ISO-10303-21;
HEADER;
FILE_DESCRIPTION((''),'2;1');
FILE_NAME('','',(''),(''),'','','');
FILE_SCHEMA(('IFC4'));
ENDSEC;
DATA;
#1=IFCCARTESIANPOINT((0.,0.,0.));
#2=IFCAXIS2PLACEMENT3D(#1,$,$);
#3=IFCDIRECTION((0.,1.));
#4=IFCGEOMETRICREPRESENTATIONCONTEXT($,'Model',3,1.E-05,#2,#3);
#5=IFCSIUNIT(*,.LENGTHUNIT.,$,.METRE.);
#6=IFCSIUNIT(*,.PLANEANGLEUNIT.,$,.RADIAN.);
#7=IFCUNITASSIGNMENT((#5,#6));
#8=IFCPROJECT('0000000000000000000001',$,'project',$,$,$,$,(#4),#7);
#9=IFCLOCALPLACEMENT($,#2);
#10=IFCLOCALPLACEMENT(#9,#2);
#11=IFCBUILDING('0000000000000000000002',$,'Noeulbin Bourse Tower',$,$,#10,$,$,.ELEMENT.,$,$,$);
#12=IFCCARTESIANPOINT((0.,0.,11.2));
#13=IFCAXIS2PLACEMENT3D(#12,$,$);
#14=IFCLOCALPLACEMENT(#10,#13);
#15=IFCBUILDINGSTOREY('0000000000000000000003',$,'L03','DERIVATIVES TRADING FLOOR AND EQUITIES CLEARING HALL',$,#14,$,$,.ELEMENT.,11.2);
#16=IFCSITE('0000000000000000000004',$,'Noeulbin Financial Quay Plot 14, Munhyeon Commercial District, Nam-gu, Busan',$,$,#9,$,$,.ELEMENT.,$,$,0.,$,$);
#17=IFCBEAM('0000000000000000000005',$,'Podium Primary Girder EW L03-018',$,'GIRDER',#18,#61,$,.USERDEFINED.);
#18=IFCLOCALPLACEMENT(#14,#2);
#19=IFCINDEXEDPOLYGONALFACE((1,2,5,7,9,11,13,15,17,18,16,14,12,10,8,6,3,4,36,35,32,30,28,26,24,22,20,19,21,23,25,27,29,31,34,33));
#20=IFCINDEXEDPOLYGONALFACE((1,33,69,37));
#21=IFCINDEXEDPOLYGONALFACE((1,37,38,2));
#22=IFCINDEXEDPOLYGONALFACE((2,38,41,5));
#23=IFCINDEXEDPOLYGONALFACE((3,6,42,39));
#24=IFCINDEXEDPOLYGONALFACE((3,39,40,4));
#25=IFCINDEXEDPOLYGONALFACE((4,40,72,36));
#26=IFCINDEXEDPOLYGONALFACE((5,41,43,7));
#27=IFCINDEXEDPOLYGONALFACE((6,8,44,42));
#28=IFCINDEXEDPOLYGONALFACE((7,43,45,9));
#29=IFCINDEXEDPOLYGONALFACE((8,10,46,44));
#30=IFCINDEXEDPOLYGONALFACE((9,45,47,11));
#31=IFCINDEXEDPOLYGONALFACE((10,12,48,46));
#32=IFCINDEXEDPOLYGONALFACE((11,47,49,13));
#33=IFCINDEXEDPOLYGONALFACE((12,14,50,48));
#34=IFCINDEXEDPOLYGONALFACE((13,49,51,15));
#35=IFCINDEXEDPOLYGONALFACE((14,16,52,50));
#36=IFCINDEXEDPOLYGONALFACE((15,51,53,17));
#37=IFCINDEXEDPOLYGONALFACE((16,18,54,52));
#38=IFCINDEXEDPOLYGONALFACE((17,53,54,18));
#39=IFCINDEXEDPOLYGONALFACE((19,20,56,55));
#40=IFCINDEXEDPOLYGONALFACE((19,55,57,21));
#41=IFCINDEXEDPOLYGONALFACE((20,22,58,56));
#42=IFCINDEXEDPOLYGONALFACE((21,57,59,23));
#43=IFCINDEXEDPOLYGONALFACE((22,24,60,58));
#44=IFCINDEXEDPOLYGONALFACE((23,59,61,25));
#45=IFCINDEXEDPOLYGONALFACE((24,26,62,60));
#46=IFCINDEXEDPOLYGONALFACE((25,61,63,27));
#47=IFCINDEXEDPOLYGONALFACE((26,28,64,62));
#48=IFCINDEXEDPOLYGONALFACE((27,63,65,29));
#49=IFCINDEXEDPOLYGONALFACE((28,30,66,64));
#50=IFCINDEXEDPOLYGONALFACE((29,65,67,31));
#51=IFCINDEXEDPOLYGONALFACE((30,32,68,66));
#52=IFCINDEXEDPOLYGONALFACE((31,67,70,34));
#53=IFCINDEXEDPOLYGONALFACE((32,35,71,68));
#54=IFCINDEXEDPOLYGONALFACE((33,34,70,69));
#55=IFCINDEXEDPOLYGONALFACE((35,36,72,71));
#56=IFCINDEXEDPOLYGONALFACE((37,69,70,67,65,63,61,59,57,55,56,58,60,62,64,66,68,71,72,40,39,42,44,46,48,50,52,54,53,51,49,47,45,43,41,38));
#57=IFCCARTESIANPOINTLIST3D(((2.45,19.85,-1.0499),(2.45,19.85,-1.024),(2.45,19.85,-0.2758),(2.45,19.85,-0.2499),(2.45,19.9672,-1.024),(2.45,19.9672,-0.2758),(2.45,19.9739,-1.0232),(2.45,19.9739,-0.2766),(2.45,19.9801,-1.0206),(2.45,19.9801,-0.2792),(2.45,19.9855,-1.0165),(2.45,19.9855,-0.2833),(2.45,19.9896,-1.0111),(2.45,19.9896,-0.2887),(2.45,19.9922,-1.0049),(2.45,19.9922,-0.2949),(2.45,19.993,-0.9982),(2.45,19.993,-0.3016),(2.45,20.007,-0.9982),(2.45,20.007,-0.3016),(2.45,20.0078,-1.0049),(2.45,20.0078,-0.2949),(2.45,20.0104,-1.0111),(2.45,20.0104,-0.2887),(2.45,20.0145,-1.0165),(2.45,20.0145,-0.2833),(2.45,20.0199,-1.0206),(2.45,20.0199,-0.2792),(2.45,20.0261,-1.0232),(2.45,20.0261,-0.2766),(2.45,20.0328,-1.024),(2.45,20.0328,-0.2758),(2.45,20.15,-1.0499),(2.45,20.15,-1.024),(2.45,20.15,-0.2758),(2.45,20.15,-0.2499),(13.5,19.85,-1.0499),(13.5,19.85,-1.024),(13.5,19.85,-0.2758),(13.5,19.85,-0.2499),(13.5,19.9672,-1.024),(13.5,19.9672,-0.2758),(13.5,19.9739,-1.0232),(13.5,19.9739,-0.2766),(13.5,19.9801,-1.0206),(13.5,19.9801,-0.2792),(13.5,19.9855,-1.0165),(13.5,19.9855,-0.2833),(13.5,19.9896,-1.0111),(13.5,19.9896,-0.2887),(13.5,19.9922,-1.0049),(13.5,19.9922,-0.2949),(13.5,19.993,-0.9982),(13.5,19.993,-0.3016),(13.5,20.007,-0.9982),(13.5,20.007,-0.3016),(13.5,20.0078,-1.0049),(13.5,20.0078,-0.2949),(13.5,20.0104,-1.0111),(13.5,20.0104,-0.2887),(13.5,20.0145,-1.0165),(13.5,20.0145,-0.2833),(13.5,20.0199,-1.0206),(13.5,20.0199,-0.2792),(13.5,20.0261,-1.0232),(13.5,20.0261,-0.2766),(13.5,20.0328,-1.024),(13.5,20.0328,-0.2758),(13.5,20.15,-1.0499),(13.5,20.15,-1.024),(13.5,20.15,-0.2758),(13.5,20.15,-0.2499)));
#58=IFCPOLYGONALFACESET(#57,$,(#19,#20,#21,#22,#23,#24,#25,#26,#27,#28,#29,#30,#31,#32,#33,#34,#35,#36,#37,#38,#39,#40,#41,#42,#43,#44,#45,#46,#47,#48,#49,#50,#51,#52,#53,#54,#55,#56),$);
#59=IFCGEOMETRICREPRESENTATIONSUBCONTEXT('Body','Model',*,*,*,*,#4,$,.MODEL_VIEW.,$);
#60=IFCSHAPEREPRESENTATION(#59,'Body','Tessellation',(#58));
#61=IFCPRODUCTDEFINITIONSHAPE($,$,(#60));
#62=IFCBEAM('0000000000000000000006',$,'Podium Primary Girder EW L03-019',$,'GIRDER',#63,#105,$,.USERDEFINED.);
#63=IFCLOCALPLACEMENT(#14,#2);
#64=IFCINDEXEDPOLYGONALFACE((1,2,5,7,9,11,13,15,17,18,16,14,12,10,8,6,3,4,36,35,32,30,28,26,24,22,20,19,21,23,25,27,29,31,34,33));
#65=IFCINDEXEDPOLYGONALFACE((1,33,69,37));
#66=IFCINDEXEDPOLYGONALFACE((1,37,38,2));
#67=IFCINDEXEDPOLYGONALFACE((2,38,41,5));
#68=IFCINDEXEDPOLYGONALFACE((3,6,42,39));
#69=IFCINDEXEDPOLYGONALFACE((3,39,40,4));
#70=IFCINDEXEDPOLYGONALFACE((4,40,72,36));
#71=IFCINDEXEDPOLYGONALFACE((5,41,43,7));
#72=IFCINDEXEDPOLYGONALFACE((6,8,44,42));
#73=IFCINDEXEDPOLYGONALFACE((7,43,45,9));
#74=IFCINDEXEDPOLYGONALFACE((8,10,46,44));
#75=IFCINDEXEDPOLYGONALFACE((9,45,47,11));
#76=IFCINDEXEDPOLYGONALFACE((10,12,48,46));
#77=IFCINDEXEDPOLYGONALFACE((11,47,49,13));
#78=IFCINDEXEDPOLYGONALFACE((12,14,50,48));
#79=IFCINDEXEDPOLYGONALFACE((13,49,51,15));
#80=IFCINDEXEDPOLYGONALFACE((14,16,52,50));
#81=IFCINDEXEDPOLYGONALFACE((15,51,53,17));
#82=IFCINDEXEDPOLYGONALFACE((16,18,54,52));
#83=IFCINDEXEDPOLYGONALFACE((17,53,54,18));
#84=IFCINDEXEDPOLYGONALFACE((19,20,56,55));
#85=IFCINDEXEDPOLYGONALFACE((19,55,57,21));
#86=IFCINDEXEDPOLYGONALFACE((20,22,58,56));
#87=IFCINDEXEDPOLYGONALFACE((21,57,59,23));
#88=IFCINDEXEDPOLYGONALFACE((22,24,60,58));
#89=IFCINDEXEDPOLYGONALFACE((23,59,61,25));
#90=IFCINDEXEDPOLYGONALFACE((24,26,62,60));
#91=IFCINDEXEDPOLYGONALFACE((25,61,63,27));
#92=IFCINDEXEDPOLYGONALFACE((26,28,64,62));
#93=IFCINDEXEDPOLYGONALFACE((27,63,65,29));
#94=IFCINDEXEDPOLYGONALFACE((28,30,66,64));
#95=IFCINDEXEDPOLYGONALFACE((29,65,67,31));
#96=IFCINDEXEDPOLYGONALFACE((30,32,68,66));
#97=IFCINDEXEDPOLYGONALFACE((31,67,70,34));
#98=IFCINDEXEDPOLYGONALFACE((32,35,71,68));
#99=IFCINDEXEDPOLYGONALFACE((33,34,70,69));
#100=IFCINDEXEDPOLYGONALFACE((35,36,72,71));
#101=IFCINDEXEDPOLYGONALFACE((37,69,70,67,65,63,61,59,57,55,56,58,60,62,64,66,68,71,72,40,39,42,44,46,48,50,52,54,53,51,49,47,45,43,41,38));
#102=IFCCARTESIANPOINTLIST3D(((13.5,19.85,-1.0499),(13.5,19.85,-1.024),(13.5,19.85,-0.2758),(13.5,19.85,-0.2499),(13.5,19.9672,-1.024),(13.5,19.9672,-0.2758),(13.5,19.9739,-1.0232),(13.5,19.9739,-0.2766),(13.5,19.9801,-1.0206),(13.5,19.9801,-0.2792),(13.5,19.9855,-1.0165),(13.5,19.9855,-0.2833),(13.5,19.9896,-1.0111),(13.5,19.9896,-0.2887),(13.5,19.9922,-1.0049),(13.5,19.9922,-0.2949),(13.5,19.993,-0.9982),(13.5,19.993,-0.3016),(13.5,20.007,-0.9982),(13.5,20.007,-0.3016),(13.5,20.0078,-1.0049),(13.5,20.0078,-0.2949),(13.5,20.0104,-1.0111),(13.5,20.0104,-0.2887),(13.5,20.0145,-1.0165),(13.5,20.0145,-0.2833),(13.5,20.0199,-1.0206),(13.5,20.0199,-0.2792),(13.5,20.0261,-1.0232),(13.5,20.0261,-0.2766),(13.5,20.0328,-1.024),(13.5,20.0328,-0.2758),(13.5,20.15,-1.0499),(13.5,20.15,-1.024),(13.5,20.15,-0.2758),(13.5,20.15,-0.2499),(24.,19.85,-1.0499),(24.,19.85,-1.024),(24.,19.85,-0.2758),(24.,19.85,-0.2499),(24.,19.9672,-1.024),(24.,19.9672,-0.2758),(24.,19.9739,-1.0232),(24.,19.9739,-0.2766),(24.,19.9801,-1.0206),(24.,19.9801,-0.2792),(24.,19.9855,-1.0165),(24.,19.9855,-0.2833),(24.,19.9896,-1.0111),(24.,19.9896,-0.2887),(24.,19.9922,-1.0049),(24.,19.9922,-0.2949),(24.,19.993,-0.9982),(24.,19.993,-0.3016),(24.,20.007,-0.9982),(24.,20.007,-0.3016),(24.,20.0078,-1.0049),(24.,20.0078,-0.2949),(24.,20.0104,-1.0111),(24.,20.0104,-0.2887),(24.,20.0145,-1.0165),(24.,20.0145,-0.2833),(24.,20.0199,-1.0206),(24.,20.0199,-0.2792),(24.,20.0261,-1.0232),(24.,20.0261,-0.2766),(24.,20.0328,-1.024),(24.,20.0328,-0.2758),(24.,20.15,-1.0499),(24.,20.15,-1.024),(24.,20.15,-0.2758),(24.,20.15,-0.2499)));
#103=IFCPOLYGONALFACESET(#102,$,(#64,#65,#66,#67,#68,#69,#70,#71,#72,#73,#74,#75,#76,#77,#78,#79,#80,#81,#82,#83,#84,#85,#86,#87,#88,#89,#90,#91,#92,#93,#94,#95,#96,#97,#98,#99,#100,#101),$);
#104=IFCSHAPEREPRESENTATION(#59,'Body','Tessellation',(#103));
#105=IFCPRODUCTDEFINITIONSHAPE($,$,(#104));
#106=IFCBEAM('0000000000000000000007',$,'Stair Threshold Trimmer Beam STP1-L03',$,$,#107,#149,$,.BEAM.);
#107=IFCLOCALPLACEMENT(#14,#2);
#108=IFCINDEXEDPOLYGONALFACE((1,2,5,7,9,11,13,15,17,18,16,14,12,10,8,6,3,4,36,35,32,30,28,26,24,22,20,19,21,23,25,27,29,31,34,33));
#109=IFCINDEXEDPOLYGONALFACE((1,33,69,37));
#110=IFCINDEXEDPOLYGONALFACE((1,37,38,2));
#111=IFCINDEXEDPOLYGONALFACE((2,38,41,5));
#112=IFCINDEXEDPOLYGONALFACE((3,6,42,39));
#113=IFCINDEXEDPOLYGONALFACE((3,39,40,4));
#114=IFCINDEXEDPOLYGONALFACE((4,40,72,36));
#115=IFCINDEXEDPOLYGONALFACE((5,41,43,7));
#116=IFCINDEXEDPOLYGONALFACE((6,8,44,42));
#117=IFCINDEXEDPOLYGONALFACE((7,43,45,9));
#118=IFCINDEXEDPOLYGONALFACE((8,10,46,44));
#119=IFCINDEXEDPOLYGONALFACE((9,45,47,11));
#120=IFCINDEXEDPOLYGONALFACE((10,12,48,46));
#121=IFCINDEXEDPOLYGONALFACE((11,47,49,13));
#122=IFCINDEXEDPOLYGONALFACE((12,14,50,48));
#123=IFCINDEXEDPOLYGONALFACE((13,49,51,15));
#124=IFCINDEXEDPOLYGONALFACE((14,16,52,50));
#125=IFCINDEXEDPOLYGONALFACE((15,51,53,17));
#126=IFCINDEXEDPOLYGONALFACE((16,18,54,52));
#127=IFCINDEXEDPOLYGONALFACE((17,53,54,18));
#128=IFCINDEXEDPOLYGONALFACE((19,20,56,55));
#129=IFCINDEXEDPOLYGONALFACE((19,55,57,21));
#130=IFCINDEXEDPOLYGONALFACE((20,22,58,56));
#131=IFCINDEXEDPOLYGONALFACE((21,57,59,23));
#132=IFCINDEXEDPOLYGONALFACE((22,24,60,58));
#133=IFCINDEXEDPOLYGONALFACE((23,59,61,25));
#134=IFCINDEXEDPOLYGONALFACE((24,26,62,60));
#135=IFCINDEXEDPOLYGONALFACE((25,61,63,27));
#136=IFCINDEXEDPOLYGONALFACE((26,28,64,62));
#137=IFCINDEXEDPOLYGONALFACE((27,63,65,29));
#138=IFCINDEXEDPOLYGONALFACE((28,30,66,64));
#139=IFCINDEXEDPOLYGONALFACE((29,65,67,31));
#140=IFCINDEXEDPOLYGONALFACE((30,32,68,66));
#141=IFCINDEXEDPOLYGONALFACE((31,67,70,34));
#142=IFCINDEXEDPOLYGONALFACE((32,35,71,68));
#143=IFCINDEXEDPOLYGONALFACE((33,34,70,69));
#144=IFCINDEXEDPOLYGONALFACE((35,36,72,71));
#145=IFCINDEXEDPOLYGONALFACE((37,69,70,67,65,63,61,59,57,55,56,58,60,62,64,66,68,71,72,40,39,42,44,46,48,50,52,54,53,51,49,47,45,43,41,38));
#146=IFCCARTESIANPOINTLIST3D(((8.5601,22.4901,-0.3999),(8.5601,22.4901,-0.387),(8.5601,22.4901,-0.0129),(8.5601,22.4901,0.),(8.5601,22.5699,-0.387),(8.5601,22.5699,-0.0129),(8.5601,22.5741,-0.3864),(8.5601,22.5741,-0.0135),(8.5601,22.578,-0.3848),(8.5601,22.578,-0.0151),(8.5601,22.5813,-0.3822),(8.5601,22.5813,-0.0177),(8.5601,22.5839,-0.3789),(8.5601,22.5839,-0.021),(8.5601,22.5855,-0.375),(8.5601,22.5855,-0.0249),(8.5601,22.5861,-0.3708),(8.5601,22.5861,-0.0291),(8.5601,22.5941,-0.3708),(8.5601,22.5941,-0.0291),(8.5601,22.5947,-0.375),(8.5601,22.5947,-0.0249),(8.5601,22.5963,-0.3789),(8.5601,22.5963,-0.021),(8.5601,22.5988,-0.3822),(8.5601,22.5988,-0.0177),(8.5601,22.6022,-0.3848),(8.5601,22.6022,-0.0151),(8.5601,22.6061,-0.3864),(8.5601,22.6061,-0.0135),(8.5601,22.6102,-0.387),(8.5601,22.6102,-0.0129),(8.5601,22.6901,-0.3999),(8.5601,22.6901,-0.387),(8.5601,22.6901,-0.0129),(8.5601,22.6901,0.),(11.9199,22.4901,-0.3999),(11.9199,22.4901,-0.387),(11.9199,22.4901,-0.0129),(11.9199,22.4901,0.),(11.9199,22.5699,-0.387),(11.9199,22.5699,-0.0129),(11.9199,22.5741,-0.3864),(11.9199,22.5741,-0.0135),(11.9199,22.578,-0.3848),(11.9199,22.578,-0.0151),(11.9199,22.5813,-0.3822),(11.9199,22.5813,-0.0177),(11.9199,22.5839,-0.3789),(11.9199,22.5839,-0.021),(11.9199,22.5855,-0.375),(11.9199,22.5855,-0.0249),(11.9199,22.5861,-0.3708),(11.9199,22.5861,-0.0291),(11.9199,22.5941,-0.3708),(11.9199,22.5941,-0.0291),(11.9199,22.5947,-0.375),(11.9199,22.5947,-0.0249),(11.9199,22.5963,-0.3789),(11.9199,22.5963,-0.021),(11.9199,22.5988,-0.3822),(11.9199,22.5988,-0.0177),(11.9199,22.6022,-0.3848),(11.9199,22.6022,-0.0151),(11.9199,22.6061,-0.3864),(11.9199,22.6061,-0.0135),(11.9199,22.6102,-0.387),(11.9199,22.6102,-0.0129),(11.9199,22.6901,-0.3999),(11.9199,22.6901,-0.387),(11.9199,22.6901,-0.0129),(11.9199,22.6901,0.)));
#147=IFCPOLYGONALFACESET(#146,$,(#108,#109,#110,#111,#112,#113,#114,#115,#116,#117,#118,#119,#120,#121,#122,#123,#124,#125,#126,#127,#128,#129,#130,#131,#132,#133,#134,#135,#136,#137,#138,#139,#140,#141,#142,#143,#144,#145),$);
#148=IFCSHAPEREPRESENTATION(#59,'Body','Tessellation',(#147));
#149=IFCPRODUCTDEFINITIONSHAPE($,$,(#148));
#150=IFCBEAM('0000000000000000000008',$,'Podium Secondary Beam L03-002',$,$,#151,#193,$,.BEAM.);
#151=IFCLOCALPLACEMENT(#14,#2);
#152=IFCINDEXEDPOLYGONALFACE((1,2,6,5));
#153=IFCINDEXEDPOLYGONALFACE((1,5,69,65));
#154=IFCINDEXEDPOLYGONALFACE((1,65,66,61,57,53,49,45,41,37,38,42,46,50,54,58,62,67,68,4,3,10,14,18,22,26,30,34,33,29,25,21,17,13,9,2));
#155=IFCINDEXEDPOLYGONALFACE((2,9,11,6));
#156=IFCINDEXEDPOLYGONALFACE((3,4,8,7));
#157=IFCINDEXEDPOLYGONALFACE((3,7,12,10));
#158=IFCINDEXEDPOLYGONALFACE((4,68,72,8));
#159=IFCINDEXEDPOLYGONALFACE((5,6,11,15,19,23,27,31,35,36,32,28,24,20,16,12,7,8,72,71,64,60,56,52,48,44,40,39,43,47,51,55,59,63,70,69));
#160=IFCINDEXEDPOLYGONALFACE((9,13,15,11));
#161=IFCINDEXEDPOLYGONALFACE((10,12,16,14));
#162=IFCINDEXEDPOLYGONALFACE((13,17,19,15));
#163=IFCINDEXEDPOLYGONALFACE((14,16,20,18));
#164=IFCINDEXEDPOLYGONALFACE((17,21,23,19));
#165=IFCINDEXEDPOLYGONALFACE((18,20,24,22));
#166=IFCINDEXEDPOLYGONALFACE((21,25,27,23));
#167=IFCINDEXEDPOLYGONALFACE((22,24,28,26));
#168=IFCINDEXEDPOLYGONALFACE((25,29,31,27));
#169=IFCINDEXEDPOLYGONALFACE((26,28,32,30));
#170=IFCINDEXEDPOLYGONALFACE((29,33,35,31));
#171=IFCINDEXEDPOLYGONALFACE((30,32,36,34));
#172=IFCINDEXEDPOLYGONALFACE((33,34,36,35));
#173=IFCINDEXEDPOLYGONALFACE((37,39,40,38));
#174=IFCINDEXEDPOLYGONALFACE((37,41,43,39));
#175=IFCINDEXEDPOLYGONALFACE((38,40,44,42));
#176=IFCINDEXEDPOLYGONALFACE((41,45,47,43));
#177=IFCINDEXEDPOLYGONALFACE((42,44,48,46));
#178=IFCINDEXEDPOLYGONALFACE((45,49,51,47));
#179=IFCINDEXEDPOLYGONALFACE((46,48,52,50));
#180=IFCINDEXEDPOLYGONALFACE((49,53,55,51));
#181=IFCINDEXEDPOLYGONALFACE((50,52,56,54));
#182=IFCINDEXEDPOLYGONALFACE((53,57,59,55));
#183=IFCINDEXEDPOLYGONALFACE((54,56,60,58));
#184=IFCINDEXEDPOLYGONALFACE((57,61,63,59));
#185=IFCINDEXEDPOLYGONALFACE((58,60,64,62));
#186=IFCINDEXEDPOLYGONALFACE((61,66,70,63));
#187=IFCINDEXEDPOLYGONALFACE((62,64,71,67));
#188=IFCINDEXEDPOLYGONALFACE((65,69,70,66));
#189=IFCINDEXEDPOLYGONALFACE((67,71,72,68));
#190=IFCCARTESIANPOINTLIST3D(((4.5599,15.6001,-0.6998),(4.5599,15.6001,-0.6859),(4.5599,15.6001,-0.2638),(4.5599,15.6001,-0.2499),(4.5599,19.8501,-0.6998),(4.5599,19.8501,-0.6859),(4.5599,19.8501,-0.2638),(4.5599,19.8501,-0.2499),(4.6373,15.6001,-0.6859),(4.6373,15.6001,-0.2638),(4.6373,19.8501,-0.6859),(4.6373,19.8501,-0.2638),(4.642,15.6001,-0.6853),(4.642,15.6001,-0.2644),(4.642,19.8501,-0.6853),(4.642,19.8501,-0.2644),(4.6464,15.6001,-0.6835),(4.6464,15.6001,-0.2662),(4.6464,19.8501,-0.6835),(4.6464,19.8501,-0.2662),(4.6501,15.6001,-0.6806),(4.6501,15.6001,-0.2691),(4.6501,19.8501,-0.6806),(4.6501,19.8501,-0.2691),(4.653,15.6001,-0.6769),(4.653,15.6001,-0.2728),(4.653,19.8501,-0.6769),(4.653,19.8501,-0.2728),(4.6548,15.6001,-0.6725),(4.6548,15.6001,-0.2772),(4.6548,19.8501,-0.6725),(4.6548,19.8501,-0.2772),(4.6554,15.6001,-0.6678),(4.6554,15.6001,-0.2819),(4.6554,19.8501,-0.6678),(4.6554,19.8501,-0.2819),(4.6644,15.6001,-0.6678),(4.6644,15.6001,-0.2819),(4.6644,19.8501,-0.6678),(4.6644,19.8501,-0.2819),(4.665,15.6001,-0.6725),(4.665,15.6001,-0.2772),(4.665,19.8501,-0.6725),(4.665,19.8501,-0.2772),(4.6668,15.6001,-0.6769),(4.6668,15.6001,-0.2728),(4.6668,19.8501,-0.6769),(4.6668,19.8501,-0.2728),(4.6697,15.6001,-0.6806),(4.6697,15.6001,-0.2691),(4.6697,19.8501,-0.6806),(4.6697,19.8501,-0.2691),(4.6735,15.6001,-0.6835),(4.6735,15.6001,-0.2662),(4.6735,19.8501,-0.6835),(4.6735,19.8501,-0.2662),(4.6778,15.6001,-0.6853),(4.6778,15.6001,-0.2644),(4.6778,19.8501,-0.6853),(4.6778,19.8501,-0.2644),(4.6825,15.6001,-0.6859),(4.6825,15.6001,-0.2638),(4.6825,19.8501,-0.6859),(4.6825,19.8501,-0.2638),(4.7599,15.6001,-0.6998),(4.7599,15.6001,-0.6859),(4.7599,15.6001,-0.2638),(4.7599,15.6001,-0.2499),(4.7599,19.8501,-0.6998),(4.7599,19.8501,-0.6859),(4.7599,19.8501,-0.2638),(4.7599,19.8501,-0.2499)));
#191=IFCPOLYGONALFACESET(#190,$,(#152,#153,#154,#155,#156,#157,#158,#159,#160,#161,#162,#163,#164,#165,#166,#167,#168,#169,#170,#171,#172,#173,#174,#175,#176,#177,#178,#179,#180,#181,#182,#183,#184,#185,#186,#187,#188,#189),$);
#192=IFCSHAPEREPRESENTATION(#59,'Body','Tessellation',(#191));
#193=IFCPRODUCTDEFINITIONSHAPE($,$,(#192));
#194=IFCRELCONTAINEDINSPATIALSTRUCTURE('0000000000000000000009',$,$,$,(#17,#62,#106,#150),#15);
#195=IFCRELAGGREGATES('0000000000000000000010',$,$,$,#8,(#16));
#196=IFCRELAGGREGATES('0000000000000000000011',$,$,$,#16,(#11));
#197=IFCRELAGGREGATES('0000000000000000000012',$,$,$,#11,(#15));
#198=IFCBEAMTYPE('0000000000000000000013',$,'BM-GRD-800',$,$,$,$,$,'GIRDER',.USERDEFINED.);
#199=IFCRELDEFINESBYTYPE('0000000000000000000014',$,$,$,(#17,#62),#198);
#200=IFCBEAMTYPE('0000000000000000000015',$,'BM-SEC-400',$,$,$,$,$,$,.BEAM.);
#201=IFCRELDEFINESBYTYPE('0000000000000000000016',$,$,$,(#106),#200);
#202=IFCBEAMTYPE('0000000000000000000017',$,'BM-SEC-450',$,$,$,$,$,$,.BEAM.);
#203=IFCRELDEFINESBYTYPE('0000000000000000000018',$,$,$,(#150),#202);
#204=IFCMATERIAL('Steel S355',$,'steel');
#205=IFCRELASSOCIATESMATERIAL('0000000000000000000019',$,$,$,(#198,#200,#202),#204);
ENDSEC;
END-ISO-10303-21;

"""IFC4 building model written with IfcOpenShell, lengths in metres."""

from ifc_helpers import new_model, si_unit, direction, frame, origin, origin_2d, place, context, subcontext, project, spatial, i_section, extrude, material, material_profile, profile_set, type_object, element, save


model = new_model("IFC4")

# Units and contexts
model_context = context("Model", 3, precision=1e-05, world=origin(), true_north=direction((0.0, 1.0)))
body_context = subcontext(model_context, "Body", "Model", "MODEL_VIEW")
ifc_project = project(units=[si_unit("LENGTHUNIT", "METRE"), si_unit("PLANEANGLEUNIT", "RADIAN")], contexts=[model_context])

# Site, building, storey
site_placement = place(None, origin())
site = spatial("IfcSite", under=ifc_project, at=site_placement, Name="Noeulbin Financial Quay Plot 14, Munhyeon Commercial District, Nam-gu, Busan", CompositionType="ELEMENT", RefElevation=0.0)
building_placement = place(site_placement, origin())
building = spatial("IfcBuilding", under=site, at=building_placement, Name="Noeulbin Bourse Tower", CompositionType="ELEMENT")
storey_placement = place(building_placement, frame((0.0, 0.0, 11.2)))
storey = spatial("IfcBuildingStorey", under=building, at=storey_placement, Name="L03", Description="DERIVATIVES TRADING FLOOR AND EQUITIES CLEARING HALL", CompositionType="ELEMENT", Elevation=11.2)

# Beams
ifc_material_1 = material(Name="Steel S355", Category="steel")
ifc_material_profile_1 = material_profile(ifc_material_1, i_section(OverallWidth=0.3, OverallDepth=0.8, WebThickness=0.0139, FlangeThickness=0.0259, FilletRadius=0.0259, at=origin_2d()), Name="H-800x300x14x26", Category="LoadBearing")
ifc_profile_set_1 = profile_set([ifc_material_profile_1], Name="Steel S355")
beam_type_1 = type_object("IfcBeamType", Name="BM-GRD-800", ElementType="GIRDER", PredefinedType="USERDEFINED", material=ifc_profile_set_1)
beam_1_placement = place(storey_placement, frame((2.45, 20.0, -0.6499), z_axis=(1.0, 0.0, 0.0), x_axis=(0.0, 1.0, 0.0)))
element("IfcBeam", 1, at=beam_1_placement, inside=storey, type_object=beam_type_1, Name="Podium Primary Girder EW L03-018", ObjectType="GIRDER", PredefinedType="USERDEFINED", context=body_context, shape_type="SweptSolid", body=[
    extrude(i_section(OverallWidth=0.3, OverallDepth=0.8, WebThickness=0.0139, FlangeThickness=0.0259, FilletRadius=0.0259, at=origin_2d()), origin(), (0.0, 0.0, 1.0), 11.05),
])
beam_2_placement = place(storey_placement, frame((13.5, 20.0, -0.6499), z_axis=(1.0, 0.0, 0.0), x_axis=(0.0, 1.0, 0.0)))
element("IfcBeam", 2, at=beam_2_placement, inside=storey, type_object=beam_type_1, Name="Podium Primary Girder EW L03-019", ObjectType="GIRDER", PredefinedType="USERDEFINED", context=body_context, shape_type="SweptSolid", body=[
    extrude(i_section(OverallWidth=0.3, OverallDepth=0.8, WebThickness=0.0139, FlangeThickness=0.0259, FilletRadius=0.0259, at=origin_2d()), origin(), (0.0, 0.0, 1.0), 10.5),
])
ifc_material_profile_2 = material_profile(ifc_material_1, i_section(OverallWidth=0.2, OverallDepth=0.3999, WebThickness=0.0081, FlangeThickness=0.0129, FilletRadius=0.0161, at=origin_2d()), Name="H-400x200x8x13", Category="LoadBearing")
ifc_profile_set_2 = profile_set([ifc_material_profile_2], Name="Steel S355")
beam_type_2 = type_object("IfcBeamType", Name="BM-SEC-400", PredefinedType="BEAM", material=ifc_profile_set_2)
beam_3_placement = place(storey_placement, frame((8.5601, 22.5901, -0.2), z_axis=(1.0, 0.0, 0.0), x_axis=(0.0, 1.0, 0.0)))
element("IfcBeam", 3, at=beam_3_placement, inside=storey, type_object=beam_type_2, Name="Stair Threshold Trimmer Beam STP1-L03", PredefinedType="BEAM", context=body_context, shape_type="SweptSolid", body=[
    extrude(i_section(OverallWidth=0.2, OverallDepth=0.3999, WebThickness=0.0081, FlangeThickness=0.0129, FilletRadius=0.0161, at=origin_2d()), origin(), (0.0, 0.0, 1.0), 3.3599),
])
ifc_material_profile_3 = material_profile(ifc_material_1, i_section(OverallWidth=0.2, OverallDepth=0.45, WebThickness=0.009, FlangeThickness=0.0139, FilletRadius=0.0181, at=origin_2d()), Name="H-450x200x9x14", Category="LoadBearing")
ifc_profile_set_3 = profile_set([ifc_material_profile_3], Name="Steel S355")
beam_type_3 = type_object("IfcBeamType", Name="BM-SEC-450", PredefinedType="BEAM", material=ifc_profile_set_3)
beam_4_placement = place(storey_placement, frame((4.6599, 15.6001, -0.4749), z_axis=(0.0, 1.0, 0.0), x_axis=(-1.0, 0.0, 0.0)))
element("IfcBeam", 4, at=beam_4_placement, inside=storey, type_object=beam_type_3, Name="Podium Secondary Beam L03-002", PredefinedType="BEAM", context=body_context, shape_type="SweptSolid", body=[
    extrude(i_section(OverallWidth=0.2, OverallDepth=0.45, WebThickness=0.009, FlangeThickness=0.0139, FilletRadius=0.0181, at=origin_2d()), origin(), (0.0, 0.0, 1.0), 4.25),
])

save(model, "model.ifc")
